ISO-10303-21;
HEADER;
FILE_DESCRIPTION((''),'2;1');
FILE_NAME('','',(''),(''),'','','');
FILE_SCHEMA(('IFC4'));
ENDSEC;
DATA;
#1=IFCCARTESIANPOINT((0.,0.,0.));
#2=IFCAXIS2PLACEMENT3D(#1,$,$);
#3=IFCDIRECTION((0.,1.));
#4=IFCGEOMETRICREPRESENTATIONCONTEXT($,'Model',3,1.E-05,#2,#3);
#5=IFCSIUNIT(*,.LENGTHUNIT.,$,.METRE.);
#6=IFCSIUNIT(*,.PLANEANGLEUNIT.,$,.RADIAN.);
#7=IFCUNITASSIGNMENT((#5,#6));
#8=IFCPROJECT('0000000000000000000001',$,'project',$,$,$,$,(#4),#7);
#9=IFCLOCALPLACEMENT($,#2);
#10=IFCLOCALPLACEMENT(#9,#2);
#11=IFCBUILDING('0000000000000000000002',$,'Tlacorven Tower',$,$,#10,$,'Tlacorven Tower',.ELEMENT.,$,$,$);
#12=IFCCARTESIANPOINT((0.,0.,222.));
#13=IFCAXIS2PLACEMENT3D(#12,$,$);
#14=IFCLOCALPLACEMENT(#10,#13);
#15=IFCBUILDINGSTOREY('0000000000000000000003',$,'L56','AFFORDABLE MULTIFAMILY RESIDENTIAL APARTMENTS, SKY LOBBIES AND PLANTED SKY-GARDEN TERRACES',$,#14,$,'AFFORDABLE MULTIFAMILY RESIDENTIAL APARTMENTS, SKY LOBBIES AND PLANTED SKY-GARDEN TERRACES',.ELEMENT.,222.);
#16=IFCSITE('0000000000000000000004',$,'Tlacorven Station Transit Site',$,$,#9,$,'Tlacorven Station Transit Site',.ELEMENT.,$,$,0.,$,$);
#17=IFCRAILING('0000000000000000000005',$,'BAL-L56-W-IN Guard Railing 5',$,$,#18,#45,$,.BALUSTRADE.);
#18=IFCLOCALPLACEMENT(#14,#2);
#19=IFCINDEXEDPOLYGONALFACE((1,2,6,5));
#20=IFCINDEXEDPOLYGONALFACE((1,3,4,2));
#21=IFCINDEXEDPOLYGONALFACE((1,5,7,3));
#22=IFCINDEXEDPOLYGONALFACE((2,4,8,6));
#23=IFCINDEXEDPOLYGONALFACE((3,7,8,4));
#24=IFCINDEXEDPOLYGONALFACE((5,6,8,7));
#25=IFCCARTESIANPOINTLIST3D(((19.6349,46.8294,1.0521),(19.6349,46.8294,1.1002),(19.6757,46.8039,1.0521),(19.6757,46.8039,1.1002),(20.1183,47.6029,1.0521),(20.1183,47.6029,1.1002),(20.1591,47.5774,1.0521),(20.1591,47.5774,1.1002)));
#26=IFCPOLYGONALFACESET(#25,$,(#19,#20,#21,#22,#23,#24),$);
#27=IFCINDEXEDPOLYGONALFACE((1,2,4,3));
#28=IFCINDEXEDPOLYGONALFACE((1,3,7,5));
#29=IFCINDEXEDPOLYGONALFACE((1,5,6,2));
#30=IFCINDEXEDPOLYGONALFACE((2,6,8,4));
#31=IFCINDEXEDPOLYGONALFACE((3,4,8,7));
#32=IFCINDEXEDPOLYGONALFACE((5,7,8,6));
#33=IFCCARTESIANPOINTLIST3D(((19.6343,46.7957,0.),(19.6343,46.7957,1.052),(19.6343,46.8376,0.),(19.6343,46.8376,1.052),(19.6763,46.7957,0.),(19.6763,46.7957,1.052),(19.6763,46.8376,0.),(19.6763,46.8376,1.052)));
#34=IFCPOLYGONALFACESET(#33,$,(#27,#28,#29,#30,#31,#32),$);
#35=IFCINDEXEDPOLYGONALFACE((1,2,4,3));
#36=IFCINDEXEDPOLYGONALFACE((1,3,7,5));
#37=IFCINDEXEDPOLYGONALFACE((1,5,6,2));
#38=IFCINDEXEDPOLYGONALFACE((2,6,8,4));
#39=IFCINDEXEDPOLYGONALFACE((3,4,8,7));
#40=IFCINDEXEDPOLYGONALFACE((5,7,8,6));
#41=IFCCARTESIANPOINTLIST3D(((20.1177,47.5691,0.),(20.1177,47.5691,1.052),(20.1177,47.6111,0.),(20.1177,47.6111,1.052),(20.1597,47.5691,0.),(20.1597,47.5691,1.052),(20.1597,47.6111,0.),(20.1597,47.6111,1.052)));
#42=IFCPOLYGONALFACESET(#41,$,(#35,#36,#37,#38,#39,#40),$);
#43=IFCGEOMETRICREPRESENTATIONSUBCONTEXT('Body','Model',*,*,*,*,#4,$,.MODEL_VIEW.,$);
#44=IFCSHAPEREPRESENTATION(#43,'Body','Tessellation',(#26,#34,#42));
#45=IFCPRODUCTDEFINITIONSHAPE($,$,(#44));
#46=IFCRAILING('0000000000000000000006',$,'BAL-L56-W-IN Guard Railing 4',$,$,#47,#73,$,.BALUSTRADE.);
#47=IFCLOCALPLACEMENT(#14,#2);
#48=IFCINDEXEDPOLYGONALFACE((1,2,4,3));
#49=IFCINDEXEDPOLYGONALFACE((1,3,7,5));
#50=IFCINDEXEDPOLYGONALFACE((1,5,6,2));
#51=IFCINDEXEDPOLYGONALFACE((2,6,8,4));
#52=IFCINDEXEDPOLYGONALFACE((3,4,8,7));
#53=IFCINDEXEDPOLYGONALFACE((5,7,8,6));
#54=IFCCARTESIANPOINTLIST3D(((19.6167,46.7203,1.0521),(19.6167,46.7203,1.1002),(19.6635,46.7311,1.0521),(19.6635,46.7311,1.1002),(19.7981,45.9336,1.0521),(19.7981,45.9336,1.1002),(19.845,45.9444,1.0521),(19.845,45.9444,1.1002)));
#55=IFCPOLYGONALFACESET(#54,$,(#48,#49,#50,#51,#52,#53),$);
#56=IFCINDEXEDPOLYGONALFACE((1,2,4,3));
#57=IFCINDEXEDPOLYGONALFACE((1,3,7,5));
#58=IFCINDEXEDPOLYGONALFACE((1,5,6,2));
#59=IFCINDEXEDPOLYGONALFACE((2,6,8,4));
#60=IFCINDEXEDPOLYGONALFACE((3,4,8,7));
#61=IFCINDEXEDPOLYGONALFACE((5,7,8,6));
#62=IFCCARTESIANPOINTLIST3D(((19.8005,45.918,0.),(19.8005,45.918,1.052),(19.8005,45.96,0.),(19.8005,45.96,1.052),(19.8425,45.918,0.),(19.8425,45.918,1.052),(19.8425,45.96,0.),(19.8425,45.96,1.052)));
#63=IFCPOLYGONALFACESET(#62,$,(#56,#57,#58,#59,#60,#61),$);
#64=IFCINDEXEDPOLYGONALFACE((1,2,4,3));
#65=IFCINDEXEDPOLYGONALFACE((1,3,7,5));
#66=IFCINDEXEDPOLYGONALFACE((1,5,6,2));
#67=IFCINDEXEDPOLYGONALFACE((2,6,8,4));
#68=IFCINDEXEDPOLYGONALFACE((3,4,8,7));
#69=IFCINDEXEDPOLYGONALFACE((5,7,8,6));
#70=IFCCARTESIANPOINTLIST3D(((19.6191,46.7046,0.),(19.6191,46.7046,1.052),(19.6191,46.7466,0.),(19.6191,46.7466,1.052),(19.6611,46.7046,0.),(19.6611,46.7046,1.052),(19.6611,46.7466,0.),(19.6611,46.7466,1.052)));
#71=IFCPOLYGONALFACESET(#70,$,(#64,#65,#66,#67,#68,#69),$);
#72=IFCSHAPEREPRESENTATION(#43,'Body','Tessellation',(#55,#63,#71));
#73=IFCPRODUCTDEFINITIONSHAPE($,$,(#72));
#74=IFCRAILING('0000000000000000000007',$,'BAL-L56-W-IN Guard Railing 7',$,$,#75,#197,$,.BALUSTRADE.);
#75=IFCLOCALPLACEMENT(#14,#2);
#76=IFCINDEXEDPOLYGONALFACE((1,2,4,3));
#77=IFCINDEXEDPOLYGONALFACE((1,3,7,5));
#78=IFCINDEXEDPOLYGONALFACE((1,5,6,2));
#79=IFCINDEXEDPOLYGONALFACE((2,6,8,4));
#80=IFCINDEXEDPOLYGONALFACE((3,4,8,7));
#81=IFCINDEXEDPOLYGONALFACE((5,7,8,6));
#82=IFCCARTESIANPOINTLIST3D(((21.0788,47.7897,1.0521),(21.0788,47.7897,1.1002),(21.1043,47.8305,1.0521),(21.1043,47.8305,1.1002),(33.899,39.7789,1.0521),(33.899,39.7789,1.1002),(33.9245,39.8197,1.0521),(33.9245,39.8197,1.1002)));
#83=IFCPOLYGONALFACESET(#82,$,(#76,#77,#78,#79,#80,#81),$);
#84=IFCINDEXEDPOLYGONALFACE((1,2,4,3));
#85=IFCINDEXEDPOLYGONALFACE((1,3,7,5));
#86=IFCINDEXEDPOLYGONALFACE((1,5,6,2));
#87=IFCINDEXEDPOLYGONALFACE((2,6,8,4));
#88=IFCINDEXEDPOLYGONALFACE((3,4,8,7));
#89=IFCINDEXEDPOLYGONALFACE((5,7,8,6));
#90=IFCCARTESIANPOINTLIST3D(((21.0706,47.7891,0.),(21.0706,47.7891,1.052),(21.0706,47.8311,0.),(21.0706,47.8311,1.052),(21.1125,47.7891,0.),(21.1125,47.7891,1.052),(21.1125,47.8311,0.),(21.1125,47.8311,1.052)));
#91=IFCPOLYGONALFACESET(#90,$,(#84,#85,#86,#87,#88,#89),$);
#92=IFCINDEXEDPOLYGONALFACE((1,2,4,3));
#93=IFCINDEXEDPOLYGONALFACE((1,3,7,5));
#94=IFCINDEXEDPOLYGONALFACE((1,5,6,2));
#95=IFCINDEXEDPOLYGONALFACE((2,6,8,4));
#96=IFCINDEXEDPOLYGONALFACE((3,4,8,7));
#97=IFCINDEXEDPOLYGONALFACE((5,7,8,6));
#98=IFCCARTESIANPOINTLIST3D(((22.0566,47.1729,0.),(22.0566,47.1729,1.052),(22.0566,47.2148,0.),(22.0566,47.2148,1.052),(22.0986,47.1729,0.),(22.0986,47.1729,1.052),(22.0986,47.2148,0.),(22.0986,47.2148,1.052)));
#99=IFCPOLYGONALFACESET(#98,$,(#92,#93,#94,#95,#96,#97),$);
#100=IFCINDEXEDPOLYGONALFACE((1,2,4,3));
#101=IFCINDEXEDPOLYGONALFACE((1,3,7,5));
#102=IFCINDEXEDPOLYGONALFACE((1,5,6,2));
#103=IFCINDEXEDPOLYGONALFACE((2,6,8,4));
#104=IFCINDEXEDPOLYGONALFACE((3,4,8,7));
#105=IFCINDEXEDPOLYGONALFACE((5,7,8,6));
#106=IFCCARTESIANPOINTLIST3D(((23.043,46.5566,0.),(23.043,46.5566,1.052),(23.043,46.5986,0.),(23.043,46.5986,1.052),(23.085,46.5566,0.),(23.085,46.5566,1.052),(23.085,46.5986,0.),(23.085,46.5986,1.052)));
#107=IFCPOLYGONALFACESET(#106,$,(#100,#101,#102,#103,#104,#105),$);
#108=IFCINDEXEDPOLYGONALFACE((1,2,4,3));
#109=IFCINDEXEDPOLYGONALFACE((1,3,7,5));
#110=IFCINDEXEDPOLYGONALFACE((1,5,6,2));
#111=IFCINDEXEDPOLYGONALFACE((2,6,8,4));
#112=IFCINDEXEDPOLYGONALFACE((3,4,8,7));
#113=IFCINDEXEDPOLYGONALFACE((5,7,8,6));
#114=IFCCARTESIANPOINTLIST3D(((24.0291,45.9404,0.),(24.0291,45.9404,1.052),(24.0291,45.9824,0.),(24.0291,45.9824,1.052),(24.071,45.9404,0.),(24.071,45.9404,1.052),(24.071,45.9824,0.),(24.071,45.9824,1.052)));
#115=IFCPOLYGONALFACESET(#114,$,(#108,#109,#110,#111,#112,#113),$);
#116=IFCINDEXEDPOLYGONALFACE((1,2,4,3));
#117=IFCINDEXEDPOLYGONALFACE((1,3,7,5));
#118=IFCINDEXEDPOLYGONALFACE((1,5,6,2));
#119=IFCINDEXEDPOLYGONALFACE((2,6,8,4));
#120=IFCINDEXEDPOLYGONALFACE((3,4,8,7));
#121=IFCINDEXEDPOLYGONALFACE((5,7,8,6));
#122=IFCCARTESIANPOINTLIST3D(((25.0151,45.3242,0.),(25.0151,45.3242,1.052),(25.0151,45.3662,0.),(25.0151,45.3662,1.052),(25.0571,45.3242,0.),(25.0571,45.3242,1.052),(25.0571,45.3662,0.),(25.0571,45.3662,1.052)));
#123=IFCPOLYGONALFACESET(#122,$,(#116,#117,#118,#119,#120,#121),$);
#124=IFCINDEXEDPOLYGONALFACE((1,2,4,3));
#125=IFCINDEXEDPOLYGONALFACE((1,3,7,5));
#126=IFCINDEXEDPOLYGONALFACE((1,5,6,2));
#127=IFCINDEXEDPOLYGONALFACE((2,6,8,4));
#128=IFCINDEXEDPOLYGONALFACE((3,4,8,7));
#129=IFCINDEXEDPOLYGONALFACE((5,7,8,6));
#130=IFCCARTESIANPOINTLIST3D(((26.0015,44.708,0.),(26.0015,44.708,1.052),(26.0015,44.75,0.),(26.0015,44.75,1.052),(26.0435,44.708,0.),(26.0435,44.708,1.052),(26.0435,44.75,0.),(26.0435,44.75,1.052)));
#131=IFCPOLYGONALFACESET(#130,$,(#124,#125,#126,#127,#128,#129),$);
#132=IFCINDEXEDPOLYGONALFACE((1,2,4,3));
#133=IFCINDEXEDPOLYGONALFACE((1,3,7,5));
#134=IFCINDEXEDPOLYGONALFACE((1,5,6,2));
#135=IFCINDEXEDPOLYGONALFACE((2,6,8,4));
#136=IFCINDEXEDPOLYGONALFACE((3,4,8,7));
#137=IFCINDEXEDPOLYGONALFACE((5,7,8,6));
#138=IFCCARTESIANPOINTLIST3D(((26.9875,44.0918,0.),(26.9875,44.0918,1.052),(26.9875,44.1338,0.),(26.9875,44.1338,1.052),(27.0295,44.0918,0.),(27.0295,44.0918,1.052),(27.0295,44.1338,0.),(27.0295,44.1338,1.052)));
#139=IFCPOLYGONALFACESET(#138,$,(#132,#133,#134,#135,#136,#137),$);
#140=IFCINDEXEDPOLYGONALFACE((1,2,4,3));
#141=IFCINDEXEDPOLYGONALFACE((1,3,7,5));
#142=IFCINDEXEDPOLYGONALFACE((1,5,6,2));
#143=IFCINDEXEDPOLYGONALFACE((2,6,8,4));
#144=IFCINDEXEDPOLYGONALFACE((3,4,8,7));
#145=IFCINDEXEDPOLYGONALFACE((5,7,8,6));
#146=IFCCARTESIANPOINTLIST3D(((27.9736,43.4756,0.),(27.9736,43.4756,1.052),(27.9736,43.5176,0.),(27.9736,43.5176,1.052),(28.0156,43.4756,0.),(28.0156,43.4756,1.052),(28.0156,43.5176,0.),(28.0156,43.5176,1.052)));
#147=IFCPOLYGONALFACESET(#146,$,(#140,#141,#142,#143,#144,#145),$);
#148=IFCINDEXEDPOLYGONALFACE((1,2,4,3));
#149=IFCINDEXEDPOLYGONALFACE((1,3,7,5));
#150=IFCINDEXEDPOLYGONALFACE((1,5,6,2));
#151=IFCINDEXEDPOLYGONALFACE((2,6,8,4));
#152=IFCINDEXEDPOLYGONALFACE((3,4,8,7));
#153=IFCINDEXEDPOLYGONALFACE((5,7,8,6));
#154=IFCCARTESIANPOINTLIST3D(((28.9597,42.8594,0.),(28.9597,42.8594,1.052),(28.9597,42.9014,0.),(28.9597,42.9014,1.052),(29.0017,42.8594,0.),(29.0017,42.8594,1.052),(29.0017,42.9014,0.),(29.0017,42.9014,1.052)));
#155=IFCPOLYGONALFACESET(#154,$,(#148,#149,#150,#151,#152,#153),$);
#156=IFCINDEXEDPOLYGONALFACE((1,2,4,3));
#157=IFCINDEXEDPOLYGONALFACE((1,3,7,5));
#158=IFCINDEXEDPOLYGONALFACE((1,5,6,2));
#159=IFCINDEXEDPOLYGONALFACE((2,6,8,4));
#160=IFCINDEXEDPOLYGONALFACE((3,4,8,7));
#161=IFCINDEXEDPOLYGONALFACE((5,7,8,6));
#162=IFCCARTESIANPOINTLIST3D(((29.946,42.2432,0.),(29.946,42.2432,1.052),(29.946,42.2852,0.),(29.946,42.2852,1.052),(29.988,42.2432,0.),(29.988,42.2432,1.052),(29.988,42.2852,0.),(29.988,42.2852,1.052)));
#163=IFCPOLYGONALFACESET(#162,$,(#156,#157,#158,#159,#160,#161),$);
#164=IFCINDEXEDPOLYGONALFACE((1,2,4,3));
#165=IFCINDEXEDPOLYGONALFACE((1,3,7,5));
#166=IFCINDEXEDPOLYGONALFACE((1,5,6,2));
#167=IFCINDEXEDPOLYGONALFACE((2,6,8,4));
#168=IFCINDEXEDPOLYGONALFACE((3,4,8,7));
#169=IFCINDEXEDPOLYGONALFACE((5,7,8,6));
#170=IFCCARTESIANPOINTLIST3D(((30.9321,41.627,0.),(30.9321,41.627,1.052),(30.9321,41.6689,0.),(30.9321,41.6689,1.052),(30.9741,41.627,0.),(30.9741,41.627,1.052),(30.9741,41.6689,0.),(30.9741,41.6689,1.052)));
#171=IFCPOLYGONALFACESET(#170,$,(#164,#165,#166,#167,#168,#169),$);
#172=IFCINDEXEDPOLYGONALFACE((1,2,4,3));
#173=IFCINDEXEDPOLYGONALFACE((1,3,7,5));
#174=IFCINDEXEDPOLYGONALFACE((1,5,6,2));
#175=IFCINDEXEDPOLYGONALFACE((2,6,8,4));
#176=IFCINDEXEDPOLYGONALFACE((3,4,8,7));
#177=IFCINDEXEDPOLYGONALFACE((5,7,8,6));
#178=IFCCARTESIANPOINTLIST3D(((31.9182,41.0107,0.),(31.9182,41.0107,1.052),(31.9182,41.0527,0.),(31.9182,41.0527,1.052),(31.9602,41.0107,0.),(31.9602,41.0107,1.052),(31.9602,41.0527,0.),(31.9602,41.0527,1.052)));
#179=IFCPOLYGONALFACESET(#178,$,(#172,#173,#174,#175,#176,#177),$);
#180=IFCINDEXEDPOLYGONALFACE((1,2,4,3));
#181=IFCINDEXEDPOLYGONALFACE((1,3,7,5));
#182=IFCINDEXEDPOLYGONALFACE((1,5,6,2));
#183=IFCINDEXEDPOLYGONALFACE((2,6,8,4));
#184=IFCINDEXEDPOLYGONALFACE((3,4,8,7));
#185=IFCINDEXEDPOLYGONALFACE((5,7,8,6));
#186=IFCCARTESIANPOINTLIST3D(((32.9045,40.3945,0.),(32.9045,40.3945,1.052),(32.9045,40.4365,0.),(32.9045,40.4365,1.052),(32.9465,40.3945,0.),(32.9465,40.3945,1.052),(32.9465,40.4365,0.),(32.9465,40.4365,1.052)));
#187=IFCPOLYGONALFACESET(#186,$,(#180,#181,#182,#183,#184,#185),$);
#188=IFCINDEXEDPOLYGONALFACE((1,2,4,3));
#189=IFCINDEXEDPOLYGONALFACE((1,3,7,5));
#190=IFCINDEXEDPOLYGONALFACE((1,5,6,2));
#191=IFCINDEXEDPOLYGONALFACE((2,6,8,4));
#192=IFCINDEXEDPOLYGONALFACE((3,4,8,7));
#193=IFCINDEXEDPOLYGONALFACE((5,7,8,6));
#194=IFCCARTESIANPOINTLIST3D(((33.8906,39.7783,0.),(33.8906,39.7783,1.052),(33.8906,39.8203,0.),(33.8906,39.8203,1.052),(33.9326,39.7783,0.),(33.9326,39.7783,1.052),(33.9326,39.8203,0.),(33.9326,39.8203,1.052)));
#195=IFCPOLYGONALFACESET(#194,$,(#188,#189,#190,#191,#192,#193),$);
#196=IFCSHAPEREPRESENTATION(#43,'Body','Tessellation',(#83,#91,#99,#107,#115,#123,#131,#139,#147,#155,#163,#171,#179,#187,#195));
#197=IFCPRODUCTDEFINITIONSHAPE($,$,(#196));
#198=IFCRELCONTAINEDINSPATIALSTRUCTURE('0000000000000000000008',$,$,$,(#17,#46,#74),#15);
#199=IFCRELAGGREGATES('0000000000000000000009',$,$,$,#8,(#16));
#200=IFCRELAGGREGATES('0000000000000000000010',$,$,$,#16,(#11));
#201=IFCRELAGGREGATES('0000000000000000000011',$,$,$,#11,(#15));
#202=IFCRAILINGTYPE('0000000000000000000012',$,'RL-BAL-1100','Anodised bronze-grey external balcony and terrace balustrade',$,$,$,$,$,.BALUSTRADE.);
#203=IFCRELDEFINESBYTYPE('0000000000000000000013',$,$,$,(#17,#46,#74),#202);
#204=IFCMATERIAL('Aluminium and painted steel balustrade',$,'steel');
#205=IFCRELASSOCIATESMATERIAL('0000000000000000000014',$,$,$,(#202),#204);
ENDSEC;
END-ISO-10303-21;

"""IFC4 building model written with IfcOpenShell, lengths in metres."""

from ifc_helpers import new_model, si_unit, direction, frame, origin, origin_2d, place, context, subcontext, project, spatial, rectangle, extrude, source, transform, mapped, material, type_object, element, save


model = new_model("IFC4")

# Units and contexts
model_context = context("Model", 3, precision=1e-05, world=origin(), true_north=direction((0.0, 1.0)))
body_context = subcontext(model_context, "Body", "Model", "MODEL_VIEW")
ifc_project = project(units=[si_unit("LENGTHUNIT", "METRE"), si_unit("PLANEANGLEUNIT", "RADIAN")], contexts=[model_context])

# Site, building, storey
site_placement = place(None, origin())
site = spatial("IfcSite", under=ifc_project, at=site_placement, Name="Tlacorven Station Transit Site", LongName="Tlacorven Station Transit Site", CompositionType="ELEMENT", RefElevation=0.0)
building_placement = place(site_placement, origin())
building = spatial("IfcBuilding", under=site, at=building_placement, Name="Tlacorven Tower", LongName="Tlacorven Tower", CompositionType="ELEMENT")
storey_placement = place(building_placement, frame((0.0, 0.0, 222.0)))
storey = spatial("IfcBuildingStorey", under=building, at=storey_placement, Name="L56", Description="AFFORDABLE MULTIFAMILY RESIDENTIAL APARTMENTS, SKY LOBBIES AND PLANTED SKY-GARDEN TERRACES", LongName="AFFORDABLE MULTIFAMILY RESIDENTIAL APARTMENTS, SKY LOBBIES AND PLANTED SKY-GARDEN TERRACES", CompositionType="ELEMENT", Elevation=222.0)

# Railings
ifc_material_1 = material(Name="Aluminium and painted steel balustrade", Category="steel")
railing_type = type_object("IfcRailingType", Name="RL-BAL-1100", Description="Anodised bronze-grey external balcony and terrace balustrade", PredefinedType="BALUSTRADE", material=ifc_material_1)
shared_shape_1 = source(origin(), body_context, "Body", "SweptSolid", [
    extrude(rectangle(XDim=0.0481, YDim=0.0481, at=origin_2d()), frame((0.0, 0.0, 1.0762), z_axis=(0.529999, 0.847998, 0.0), x_axis=(-0.847998, 0.529999, 0.0)), (0.0, 0.0, 1.0), 0.9121),
    extrude(rectangle(XDim=0.042, YDim=0.042, at=origin_2d()), origin(), (0.0, 0.0, 1.0), 1.052),
    extrude(rectangle(XDim=0.042, YDim=0.042, at=origin_2d()), frame((0.4834, 0.7734, 0.0)), (0.0, 0.0, 1.0), 1.052),
])
railing_1_placement = place(storey_placement, frame((19.6553, 46.8167, 0.0)))
element("IfcRailing", 1, at=railing_1_placement, inside=storey, type_object=railing_type, Name="BAL-L56-W-IN Guard Railing 5", PredefinedType="BALUSTRADE", context=body_context, shape_type="MappedRepresentation", body=[
    mapped(shared_shape_1, transform((0.0, 0.0, 0.0), scale=1.0)),
])
shared_shape_2 = source(origin(), body_context, "Body", "SweptSolid", [
    extrude(rectangle(XDim=0.0481, YDim=0.0481, at=origin_2d()), frame((0.0, 0.0, 1.0762), z_axis=(-0.224705, 0.974427, 0.0), x_axis=(-0.974427, -0.224705, 0.0)), (0.0, 0.0, 1.0), 0.8074),
    extrude(rectangle(XDim=0.042, YDim=0.042, at=origin_2d()), origin(), (0.0, 0.0, 1.0), 1.052),
    extrude(rectangle(XDim=0.042, YDim=0.042, at=origin_2d()), frame((-0.1814, 0.7866, 0.0)), (0.0, 0.0, 1.0), 1.052),
])
railing_2_placement = place(storey_placement, frame((19.8215, 45.939, 0.0)))
element("IfcRailing", 2, at=railing_2_placement, inside=storey, type_object=railing_type, Name="BAL-L56-W-IN Guard Railing 4", PredefinedType="BALUSTRADE", context=body_context, shape_type="MappedRepresentation", body=[
    mapped(shared_shape_2, transform((0.0, 0.0, 0.0), scale=1.0)),
])
shared_shape_3 = source(origin(), body_context, "Body", "SweptSolid", [
    extrude(rectangle(XDim=0.0481, YDim=0.0481, at=origin_2d()), frame((0.0, 0.0, 1.0762), z_axis=(0.848052, -0.529913, 0.0), x_axis=(0.529913, 0.848052, 0.0)), (0.0, 0.0, 1.0), 15.1172),
    extrude(rectangle(XDim=0.042, YDim=0.042, at=origin_2d()), origin(), (0.0, 0.0, 1.0), 1.052),
    extrude(rectangle(XDim=0.042, YDim=0.042, at=origin_2d()), frame((0.9861, -0.6162, 0.0)), (0.0, 0.0, 1.0), 1.052),
    extrude(rectangle(XDim=0.042, YDim=0.042, at=origin_2d()), frame((1.9724, -1.2324, 0.0)), (0.0, 0.0, 1.0), 1.052),
    extrude(rectangle(XDim=0.042, YDim=0.042, at=origin_2d()), frame((2.9585, -1.8486, 0.0)), (0.0, 0.0, 1.0), 1.052),
    extrude(rectangle(XDim=0.042, YDim=0.042, at=origin_2d()), frame((3.9446, -2.4648, 0.0)), (0.0, 0.0, 1.0), 1.052),
    extrude(rectangle(XDim=0.042, YDim=0.042, at=origin_2d()), frame((4.9309, -3.0811, 0.0)), (0.0, 0.0, 1.0), 1.052),
    extrude(rectangle(XDim=0.042, YDim=0.042, at=origin_2d()), frame((5.917, -3.6973, 0.0)), (0.0, 0.0, 1.0), 1.052),
    extrude(rectangle(XDim=0.042, YDim=0.042, at=origin_2d()), frame((6.9031, -4.3135, 0.0)), (0.0, 0.0, 1.0), 1.052),
    extrude(rectangle(XDim=0.042, YDim=0.042, at=origin_2d()), frame((7.8892, -4.9297, 0.0)), (0.0, 0.0, 1.0), 1.052),
    extrude(rectangle(XDim=0.042, YDim=0.042, at=origin_2d()), frame((8.8755, -5.5459, 0.0)), (0.0, 0.0, 1.0), 1.052),
    extrude(rectangle(XDim=0.042, YDim=0.042, at=origin_2d()), frame((9.8616, -6.1621, 0.0)), (0.0, 0.0, 1.0), 1.052),
    extrude(rectangle(XDim=0.042, YDim=0.042, at=origin_2d()), frame((10.8477, -6.7783, 0.0)), (0.0, 0.0, 1.0), 1.052),
    extrude(rectangle(XDim=0.042, YDim=0.042, at=origin_2d()), frame((11.834, -7.3945, 0.0)), (0.0, 0.0, 1.0), 1.052),
    extrude(rectangle(XDim=0.042, YDim=0.042, at=origin_2d()), frame((12.8201, -8.0107, 0.0)), (0.0, 0.0, 1.0), 1.052),
])
railing_3_placement = place(storey_placement, frame((21.0916, 47.8101, 0.0)))
element("IfcRailing", 3, at=railing_3_placement, inside=storey, type_object=railing_type, Name="BAL-L56-W-IN Guard Railing 7", PredefinedType="BALUSTRADE", context=body_context, shape_type="MappedRepresentation", body=[
    mapped(shared_shape_3, transform((0.0, 0.0, 0.0), scale=1.0)),
])

save(model, "model.ifc")
